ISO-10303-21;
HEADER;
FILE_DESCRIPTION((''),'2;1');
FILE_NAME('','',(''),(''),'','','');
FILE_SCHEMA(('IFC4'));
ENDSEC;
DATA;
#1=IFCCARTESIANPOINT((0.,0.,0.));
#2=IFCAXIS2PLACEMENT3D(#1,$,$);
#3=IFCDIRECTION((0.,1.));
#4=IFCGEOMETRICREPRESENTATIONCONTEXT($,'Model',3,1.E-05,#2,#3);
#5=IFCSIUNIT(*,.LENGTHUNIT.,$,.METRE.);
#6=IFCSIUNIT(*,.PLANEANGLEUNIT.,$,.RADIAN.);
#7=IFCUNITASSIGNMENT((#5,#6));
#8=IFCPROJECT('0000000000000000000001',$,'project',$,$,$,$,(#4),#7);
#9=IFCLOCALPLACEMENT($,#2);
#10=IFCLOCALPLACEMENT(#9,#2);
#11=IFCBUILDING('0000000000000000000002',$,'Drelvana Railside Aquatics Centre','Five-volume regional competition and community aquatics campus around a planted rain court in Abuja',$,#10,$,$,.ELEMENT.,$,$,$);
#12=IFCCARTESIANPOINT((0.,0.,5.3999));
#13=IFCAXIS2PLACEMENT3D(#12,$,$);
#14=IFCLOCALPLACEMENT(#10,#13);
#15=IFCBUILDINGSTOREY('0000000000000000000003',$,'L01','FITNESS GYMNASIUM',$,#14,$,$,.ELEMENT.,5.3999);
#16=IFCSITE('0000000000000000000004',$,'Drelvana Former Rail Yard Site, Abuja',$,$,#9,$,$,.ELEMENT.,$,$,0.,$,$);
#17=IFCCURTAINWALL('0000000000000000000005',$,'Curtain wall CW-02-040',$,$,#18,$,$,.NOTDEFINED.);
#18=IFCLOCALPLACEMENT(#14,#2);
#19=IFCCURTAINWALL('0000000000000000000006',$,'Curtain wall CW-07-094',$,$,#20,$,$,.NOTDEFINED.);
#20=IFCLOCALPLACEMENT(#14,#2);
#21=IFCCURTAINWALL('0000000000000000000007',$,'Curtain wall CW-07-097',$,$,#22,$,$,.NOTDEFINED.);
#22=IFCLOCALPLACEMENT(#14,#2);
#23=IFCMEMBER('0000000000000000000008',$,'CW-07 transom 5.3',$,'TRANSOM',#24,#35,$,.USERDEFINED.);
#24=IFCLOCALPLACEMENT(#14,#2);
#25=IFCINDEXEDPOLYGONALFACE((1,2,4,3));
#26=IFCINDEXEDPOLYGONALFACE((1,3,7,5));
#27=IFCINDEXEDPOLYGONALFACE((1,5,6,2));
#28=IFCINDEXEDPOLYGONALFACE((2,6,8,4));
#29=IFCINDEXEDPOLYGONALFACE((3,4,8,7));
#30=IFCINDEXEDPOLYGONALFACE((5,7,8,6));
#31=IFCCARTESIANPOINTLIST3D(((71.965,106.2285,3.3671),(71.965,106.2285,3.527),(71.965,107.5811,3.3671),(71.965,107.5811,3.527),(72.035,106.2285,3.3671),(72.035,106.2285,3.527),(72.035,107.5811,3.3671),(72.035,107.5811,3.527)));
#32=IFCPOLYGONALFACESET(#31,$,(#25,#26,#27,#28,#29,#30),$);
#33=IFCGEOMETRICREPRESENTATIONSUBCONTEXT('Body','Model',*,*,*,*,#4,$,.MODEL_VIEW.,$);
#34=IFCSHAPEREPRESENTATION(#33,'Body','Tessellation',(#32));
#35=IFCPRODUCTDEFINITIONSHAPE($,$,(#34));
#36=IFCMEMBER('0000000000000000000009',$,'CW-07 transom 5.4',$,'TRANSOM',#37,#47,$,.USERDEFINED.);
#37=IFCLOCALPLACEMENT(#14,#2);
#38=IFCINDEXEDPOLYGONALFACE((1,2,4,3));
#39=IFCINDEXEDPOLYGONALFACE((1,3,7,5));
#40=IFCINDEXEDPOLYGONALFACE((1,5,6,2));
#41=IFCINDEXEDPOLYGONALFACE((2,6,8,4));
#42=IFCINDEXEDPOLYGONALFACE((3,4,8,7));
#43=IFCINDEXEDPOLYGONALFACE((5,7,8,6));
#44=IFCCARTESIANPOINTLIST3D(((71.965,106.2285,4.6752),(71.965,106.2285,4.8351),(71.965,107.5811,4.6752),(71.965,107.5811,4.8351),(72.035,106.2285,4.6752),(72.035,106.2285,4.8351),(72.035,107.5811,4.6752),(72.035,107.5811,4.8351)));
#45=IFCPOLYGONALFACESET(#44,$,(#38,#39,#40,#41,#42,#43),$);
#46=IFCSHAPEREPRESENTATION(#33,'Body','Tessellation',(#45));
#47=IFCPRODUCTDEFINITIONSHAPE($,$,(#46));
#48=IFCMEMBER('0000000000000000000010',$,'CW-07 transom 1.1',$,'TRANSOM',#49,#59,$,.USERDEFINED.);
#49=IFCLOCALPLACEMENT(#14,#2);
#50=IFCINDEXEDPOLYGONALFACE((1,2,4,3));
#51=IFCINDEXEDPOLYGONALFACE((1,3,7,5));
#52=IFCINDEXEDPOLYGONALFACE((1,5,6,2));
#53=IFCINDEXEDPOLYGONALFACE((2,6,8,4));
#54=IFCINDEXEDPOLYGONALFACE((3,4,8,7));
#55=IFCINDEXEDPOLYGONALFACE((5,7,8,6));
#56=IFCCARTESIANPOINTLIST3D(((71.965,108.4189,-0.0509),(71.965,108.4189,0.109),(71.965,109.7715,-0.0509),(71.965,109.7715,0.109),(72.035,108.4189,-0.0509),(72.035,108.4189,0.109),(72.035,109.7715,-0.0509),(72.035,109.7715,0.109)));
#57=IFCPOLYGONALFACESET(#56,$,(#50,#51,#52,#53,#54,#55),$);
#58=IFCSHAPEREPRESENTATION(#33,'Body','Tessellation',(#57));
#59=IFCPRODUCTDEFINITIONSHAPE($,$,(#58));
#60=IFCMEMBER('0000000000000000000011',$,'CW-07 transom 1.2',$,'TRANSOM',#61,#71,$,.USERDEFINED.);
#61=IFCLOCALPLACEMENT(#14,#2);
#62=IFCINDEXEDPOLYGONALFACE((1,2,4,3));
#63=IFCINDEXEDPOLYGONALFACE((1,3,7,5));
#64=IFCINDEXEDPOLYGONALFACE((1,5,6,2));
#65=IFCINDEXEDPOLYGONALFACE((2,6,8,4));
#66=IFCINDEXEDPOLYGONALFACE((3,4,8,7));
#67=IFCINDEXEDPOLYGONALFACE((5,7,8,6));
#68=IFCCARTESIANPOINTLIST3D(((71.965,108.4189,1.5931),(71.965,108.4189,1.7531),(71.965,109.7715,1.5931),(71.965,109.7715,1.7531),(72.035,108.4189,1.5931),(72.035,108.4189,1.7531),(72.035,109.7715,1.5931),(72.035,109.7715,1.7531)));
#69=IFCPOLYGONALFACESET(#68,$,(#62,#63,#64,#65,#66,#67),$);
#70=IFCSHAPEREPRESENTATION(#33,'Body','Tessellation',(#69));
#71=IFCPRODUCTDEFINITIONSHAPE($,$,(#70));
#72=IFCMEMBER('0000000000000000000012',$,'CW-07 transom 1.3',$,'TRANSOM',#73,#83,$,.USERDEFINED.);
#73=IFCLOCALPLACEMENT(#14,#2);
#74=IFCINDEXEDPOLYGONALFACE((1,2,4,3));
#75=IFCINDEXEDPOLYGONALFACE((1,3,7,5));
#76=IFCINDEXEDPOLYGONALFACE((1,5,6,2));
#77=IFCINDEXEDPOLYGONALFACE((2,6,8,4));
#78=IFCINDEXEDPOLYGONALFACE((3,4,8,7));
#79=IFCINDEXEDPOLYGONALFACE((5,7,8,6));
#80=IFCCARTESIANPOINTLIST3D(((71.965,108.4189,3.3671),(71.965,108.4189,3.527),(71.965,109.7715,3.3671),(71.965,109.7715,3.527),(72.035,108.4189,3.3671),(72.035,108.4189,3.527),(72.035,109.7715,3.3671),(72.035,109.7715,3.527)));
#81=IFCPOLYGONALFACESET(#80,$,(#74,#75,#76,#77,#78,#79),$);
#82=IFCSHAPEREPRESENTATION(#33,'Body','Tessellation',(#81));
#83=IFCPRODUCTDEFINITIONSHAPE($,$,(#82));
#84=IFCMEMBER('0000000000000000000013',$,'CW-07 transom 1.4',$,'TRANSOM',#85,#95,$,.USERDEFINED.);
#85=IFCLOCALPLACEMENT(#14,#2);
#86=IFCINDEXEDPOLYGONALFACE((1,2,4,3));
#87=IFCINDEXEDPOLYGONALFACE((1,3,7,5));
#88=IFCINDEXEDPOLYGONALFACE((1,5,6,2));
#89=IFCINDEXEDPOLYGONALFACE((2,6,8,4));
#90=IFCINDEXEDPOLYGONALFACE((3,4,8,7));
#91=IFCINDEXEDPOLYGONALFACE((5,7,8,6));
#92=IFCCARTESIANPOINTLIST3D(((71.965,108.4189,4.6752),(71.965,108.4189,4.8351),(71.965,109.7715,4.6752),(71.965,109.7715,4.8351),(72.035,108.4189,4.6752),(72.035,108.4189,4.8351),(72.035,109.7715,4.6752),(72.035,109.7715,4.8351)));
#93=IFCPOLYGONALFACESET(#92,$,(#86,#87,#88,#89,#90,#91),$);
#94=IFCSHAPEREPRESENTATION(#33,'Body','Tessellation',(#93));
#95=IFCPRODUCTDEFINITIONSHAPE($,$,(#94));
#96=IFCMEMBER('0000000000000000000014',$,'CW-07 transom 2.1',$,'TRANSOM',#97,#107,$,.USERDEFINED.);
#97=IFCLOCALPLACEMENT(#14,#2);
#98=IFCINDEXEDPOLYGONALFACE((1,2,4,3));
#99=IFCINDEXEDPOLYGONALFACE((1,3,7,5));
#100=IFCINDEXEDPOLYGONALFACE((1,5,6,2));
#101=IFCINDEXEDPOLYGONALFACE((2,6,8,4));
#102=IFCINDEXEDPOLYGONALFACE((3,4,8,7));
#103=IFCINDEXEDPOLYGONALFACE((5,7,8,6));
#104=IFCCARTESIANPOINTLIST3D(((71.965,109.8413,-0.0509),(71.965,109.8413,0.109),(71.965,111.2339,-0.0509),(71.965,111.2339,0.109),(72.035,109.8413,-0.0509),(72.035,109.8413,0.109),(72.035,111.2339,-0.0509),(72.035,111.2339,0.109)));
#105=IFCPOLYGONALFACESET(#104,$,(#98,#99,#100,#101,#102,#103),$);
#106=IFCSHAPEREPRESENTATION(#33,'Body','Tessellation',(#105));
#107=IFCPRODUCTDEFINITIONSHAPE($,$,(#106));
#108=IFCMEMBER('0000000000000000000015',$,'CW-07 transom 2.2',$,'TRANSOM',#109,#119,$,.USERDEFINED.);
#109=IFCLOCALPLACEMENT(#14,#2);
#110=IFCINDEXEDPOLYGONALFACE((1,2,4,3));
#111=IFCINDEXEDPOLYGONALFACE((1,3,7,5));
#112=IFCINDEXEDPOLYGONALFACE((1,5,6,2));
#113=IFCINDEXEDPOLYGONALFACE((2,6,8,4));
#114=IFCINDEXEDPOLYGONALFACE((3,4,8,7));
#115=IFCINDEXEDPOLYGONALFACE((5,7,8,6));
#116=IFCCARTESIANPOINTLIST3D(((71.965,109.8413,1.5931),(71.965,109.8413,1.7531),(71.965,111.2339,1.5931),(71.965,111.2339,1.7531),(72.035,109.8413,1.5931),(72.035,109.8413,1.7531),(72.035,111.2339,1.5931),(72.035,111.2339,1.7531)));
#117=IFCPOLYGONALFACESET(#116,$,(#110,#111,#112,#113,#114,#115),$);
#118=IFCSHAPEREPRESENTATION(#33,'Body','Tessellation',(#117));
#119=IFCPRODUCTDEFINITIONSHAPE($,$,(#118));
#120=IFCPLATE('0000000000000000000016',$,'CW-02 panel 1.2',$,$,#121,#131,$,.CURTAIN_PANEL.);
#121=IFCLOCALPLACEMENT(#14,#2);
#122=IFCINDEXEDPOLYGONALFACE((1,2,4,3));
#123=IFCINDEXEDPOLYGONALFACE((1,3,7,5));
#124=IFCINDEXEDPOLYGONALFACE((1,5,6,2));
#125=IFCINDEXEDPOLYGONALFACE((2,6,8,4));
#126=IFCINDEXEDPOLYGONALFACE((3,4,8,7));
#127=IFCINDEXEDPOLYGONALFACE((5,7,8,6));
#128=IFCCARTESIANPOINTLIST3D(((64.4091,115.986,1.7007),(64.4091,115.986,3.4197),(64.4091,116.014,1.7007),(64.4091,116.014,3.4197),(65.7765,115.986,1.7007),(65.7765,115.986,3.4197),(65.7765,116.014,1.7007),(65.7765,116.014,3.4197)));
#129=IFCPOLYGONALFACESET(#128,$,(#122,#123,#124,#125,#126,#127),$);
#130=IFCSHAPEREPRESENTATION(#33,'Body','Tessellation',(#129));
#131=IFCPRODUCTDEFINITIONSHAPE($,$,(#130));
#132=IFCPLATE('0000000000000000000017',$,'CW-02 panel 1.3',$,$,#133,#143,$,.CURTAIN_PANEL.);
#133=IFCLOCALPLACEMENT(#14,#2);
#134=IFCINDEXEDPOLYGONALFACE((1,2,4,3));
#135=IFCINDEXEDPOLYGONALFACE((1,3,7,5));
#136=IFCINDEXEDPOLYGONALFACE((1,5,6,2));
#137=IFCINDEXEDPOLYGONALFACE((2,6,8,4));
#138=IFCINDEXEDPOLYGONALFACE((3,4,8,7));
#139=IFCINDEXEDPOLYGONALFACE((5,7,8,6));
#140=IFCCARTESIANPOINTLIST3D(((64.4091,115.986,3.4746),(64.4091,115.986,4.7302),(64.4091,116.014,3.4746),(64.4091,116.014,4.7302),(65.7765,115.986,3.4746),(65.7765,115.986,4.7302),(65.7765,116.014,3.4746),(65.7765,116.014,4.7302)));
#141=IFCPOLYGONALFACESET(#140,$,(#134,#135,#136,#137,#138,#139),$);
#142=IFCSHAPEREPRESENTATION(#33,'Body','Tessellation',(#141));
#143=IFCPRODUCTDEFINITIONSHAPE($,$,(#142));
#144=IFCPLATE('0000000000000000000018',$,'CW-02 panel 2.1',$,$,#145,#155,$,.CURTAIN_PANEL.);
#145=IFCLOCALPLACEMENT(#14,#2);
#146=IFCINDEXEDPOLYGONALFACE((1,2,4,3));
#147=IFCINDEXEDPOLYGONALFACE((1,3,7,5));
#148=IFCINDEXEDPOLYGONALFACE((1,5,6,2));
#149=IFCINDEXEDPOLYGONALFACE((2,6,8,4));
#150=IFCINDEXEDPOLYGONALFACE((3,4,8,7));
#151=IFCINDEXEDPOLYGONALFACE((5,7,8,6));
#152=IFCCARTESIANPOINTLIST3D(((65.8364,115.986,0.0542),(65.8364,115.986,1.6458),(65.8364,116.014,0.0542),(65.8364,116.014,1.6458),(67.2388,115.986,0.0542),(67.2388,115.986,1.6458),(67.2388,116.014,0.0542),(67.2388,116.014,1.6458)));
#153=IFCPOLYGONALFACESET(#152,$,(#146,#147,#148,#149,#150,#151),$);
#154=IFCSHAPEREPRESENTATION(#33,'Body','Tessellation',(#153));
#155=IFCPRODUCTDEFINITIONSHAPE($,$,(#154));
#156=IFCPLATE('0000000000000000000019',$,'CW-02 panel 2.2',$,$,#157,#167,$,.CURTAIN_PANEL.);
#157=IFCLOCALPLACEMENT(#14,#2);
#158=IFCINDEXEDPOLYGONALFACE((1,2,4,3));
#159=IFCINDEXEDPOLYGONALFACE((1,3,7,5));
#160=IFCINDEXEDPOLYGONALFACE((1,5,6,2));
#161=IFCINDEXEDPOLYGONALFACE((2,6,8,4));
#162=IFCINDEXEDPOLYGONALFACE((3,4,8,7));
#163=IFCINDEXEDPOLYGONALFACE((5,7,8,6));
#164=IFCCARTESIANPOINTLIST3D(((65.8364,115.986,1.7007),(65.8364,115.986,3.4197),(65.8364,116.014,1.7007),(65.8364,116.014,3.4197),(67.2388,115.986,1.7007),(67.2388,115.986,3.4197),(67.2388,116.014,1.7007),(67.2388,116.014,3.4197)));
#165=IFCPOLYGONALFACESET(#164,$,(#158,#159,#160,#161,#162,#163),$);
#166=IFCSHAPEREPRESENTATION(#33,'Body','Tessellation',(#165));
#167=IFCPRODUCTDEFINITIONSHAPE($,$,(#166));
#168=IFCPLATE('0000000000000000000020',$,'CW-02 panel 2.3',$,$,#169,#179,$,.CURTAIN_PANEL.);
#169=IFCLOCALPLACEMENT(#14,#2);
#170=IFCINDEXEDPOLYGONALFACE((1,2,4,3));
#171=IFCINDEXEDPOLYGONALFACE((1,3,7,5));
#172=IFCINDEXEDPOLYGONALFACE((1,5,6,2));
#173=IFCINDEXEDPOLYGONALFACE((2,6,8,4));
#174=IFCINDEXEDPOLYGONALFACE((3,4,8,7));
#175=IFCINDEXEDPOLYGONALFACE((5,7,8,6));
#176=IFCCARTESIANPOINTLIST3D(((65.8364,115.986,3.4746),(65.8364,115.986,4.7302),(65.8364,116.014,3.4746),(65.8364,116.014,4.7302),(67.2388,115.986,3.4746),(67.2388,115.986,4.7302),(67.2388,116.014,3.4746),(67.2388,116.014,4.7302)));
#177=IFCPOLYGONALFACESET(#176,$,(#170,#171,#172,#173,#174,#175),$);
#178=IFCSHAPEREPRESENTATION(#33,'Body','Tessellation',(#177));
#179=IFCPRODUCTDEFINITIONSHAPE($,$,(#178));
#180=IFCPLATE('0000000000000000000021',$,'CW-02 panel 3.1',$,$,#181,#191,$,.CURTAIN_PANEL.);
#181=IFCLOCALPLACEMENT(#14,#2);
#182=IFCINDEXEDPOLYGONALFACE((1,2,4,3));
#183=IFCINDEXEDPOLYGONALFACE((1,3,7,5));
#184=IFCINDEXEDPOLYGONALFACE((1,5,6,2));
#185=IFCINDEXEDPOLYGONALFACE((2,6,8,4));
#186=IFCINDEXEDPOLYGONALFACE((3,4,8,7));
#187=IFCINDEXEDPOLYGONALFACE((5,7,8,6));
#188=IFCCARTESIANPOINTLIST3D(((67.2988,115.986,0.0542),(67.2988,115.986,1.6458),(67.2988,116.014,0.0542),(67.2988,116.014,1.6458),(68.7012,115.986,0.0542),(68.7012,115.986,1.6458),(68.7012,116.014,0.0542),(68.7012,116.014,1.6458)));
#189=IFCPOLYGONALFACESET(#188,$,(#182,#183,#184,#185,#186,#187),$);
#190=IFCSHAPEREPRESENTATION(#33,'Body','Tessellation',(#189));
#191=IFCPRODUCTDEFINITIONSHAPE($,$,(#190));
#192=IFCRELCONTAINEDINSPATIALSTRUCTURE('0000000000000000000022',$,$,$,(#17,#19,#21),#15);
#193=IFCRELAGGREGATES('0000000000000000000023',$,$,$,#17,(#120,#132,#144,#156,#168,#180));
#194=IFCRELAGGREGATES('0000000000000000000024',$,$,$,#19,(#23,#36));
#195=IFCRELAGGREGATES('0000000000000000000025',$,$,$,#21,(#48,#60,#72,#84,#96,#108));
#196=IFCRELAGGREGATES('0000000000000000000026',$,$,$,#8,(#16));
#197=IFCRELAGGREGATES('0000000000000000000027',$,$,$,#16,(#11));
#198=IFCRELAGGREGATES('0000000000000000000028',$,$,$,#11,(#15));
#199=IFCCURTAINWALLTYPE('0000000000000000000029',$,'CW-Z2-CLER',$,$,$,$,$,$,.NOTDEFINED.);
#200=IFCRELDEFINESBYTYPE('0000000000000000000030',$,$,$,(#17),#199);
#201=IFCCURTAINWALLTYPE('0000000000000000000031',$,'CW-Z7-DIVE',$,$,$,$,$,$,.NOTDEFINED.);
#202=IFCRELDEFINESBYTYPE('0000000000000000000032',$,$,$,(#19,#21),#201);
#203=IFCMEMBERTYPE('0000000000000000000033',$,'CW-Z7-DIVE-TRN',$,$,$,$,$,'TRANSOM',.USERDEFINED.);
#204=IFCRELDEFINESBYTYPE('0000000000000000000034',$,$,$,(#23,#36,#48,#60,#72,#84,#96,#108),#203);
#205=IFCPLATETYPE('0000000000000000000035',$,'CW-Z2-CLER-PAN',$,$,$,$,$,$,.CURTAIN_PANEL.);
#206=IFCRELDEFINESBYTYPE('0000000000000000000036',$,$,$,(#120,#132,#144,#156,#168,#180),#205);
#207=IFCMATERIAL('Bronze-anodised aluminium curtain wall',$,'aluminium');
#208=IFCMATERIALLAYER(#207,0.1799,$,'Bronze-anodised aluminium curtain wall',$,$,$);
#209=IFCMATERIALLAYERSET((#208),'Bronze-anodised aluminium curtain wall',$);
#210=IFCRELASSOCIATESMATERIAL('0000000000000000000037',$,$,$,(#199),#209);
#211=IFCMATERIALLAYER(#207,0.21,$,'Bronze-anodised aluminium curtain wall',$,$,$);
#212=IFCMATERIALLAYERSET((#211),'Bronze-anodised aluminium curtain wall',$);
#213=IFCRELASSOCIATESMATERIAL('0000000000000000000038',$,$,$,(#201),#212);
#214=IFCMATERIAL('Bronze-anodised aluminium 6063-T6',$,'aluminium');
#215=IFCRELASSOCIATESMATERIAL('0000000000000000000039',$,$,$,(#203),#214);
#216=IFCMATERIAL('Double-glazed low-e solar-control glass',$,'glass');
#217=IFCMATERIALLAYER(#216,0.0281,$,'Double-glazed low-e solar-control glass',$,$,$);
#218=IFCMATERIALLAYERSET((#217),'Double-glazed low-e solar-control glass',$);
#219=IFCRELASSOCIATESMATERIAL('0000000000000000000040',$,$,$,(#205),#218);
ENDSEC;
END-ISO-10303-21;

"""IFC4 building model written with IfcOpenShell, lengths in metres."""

from ifc_helpers import new_model, si_unit, direction, frame, origin, origin_2d, place, context, subcontext, project, spatial, rectangle, extrude, material, layer, layer_set, material_profile, profile_set, type_object, element, aggregate, save


model = new_model("IFC4")

# Units and contexts
model_context = context("Model", 3, precision=1e-05, world=origin(), true_north=direction((0.0, 1.0)))
body_context = subcontext(model_context, "Body", "Model", "MODEL_VIEW")
ifc_project = project(units=[si_unit("LENGTHUNIT", "METRE"), si_unit("PLANEANGLEUNIT", "RADIAN")], contexts=[model_context])

# Site, building, storey
site_placement = place(None, origin())
site = spatial("IfcSite", under=ifc_project, at=site_placement, Name="Drelvana Former Rail Yard Site, Abuja", CompositionType="ELEMENT", RefElevation=0.0)
building_placement = place(site_placement, origin())
building = spatial("IfcBuilding", under=site, at=building_placement, Name="Drelvana Railside Aquatics Centre", Description="Five-volume regional competition and community aquatics campus around a planted rain court in Abuja", CompositionType="ELEMENT")
storey_placement = place(building_placement, frame((0.0, 0.0, 5.3999)))
storey = spatial("IfcBuildingStorey", under=building, at=storey_placement, Name="L01", Description="FITNESS GYMNASIUM", CompositionType="ELEMENT", Elevation=5.3999)

# Curtain wall
ifc_material_1 = material(Name="Bronze-anodised aluminium curtain wall", Category="aluminium")
ifc_layer_1 = layer(ifc_material_1, 0.1799, Name="Bronze-anodised aluminium curtain wall")
ifc_layer_set_1 = layer_set([ifc_layer_1], Name="Bronze-anodised aluminium curtain wall")
curtain_wall_type_1 = type_object("IfcCurtainWallType", Name="CW-Z2-CLER", PredefinedType="NOTDEFINED", material=ifc_layer_set_1)
curtain_wall_1_placement = place(storey_placement, origin())
curtain_wall_1 = element("IfcCurtainWall", 1, at=curtain_wall_1_placement, inside=storey, type_object=curtain_wall_type_1, Name="Curtain wall CW-02-040", PredefinedType="NOTDEFINED")
ifc_material_2 = material(Name="Bronze-anodised aluminium 6063-T6", Category="aluminium")

# Curtain wall
ifc_layer_2 = layer(ifc_material_1, 0.21, Name="Bronze-anodised aluminium curtain wall")
ifc_layer_set_2 = layer_set([ifc_layer_2], Name="Bronze-anodised aluminium curtain wall")
curtain_wall_type_2 = type_object("IfcCurtainWallType", Name="CW-Z7-DIVE", PredefinedType="NOTDEFINED", material=ifc_layer_set_2)
curtain_wall_2_placement = place(storey_placement, origin())
curtain_wall_2 = element("IfcCurtainWall", 2, at=curtain_wall_2_placement, inside=storey, type_object=curtain_wall_type_2, Name="Curtain wall CW-07-094", PredefinedType="NOTDEFINED")

# Curtain wall
curtain_wall_3_placement = place(storey_placement, origin())
curtain_wall_3 = element("IfcCurtainWall", 3, at=curtain_wall_3_placement, inside=storey, type_object=curtain_wall_type_2, Name="Curtain wall CW-07-097", PredefinedType="NOTDEFINED")

# Members
ifc_material_profile_1 = material_profile(ifc_material_2, rectangle(XDim=0.1599, YDim=0.0701, at=origin_2d()), Name="ALU-T 70x160")
ifc_profile_set_1 = profile_set([ifc_material_profile_1], Name="Bronze-anodised aluminium 6063-T6")
member_type_1 = type_object("IfcMemberType", Name="CW-Z7-DIVE-TRN", ElementType="TRANSOM", PredefinedType="USERDEFINED", material=ifc_profile_set_1)
member_1_placement = place(storey_placement, frame((72.0, 106.2285, 3.447), z_axis=(0.0, 1.0, 0.0), x_axis=(0.0, 0.0, 1.0)))
member_1 = element("IfcMember", 4, at=member_1_placement, type_object=member_type_1, Name="CW-07 transom 5.3", ObjectType="TRANSOM", PredefinedType="USERDEFINED", context=body_context, shape_type="SweptSolid", body=[
    extrude(rectangle(XDim=0.1599, YDim=0.0701, at=origin_2d()), origin(), (0.0, 0.0, 1.0), 1.3525),
])
member_2_placement = place(storey_placement, frame((72.0, 106.2285, 4.7551), z_axis=(0.0, 1.0, 0.0), x_axis=(0.0, 0.0, 1.0)))
member_2 = element("IfcMember", 5, at=member_2_placement, type_object=member_type_1, Name="CW-07 transom 5.4", ObjectType="TRANSOM", PredefinedType="USERDEFINED", context=body_context, shape_type="SweptSolid", body=[
    extrude(rectangle(XDim=0.1599, YDim=0.0701, at=origin_2d()), origin(), (0.0, 0.0, 1.0), 1.3525),
])
member_3_placement = place(storey_placement, frame((72.0, 108.4189, 0.0291), z_axis=(0.0, 1.0, 0.0), x_axis=(0.0, 0.0, 1.0)))
member_3 = element("IfcMember", 6, at=member_3_placement, type_object=member_type_1, Name="CW-07 transom 1.1", ObjectType="TRANSOM", PredefinedType="USERDEFINED", context=body_context, shape_type="SweptSolid", body=[
    extrude(rectangle(XDim=0.1599, YDim=0.0701, at=origin_2d()), origin(), (0.0, 0.0, 1.0), 1.3525),
])
member_4_placement = place(storey_placement, frame((72.0, 108.4189, 1.6731), z_axis=(0.0, 1.0, 0.0), x_axis=(0.0, 0.0, 1.0)))
member_4 = element("IfcMember", 7, at=member_4_placement, type_object=member_type_1, Name="CW-07 transom 1.2", ObjectType="TRANSOM", PredefinedType="USERDEFINED", context=body_context, shape_type="SweptSolid", body=[
    extrude(rectangle(XDim=0.1599, YDim=0.0701, at=origin_2d()), origin(), (0.0, 0.0, 1.0), 1.3525),
])
member_5_placement = place(storey_placement, frame((72.0, 108.4189, 3.447), z_axis=(0.0, 1.0, 0.0), x_axis=(0.0, 0.0, 1.0)))
member_5 = element("IfcMember", 8, at=member_5_placement, type_object=member_type_1, Name="CW-07 transom 1.3", ObjectType="TRANSOM", PredefinedType="USERDEFINED", context=body_context, shape_type="SweptSolid", body=[
    extrude(rectangle(XDim=0.1599, YDim=0.0701, at=origin_2d()), origin(), (0.0, 0.0, 1.0), 1.3525),
])
member_6_placement = place(storey_placement, frame((72.0, 108.4189, 4.7551), z_axis=(0.0, 1.0, 0.0), x_axis=(0.0, 0.0, 1.0)))
member_6 = element("IfcMember", 9, at=member_6_placement, type_object=member_type_1, Name="CW-07 transom 1.4", ObjectType="TRANSOM", PredefinedType="USERDEFINED", context=body_context, shape_type="SweptSolid", body=[
    extrude(rectangle(XDim=0.1599, YDim=0.0701, at=origin_2d()), origin(), (0.0, 0.0, 1.0), 1.3525),
])
member_7_placement = place(storey_placement, frame((72.0, 109.8413, 0.0291), z_axis=(0.0, 1.0, 0.0), x_axis=(0.0, 0.0, 1.0)))
member_7 = element("IfcMember", 10, at=member_7_placement, type_object=member_type_1, Name="CW-07 transom 2.1", ObjectType="TRANSOM", PredefinedType="USERDEFINED", context=body_context, shape_type="SweptSolid", body=[
    extrude(rectangle(XDim=0.1599, YDim=0.0701, at=origin_2d()), origin(), (0.0, 0.0, 1.0), 1.3926),
])
member_8_placement = place(storey_placement, frame((72.0, 109.8413, 1.6731), z_axis=(0.0, 1.0, 0.0), x_axis=(0.0, 0.0, 1.0)))
member_8 = element("IfcMember", 11, at=member_8_placement, type_object=member_type_1, Name="CW-07 transom 2.2", ObjectType="TRANSOM", PredefinedType="USERDEFINED", context=body_context, shape_type="SweptSolid", body=[
    extrude(rectangle(XDim=0.1599, YDim=0.0701, at=origin_2d()), origin(), (0.0, 0.0, 1.0), 1.3926),
])

# Plates
ifc_material_3 = material(Name="Double-glazed low-e solar-control glass", Category="glass")
ifc_layer_3 = layer(ifc_material_3, 0.0281, Name="Double-glazed low-e solar-control glass")
ifc_layer_set_3 = layer_set([ifc_layer_3], Name="Double-glazed low-e solar-control glass")
plate_type_1 = type_object("IfcPlateType", Name="CW-Z2-CLER-PAN", PredefinedType="CURTAIN_PANEL", material=ifc_layer_set_3)
plate_1_placement = place(storey_placement, frame((65.0928, 116.0, 1.7007), z_axis=(0.0, 0.0, 1.0), x_axis=(1.0, 0.0, 0.0)))
plate_1 = element("IfcPlate", 12, at=plate_1_placement, type_object=plate_type_1, Name="CW-02 panel 1.2", PredefinedType="CURTAIN_PANEL", context=body_context, shape_type="SweptSolid", body=[
    extrude(rectangle(XDim=1.3674, YDim=0.0281, at=origin_2d()), origin(), (0.0, 0.0, 1.0), 1.719),
])
plate_2_placement = place(storey_placement, frame((65.0928, 116.0, 3.4746), z_axis=(0.0, 0.0, 1.0), x_axis=(1.0, 0.0, 0.0)))
plate_2 = element("IfcPlate", 13, at=plate_2_placement, type_object=plate_type_1, Name="CW-02 panel 1.3", PredefinedType="CURTAIN_PANEL", context=body_context, shape_type="SweptSolid", body=[
    extrude(rectangle(XDim=1.3674, YDim=0.0281, at=origin_2d()), origin(), (0.0, 0.0, 1.0), 1.2556),
])
plate_3_placement = place(storey_placement, frame((66.5376, 116.0, 0.0542), z_axis=(0.0, 0.0, 1.0), x_axis=(1.0, 0.0, 0.0)))
plate_3 = element("IfcPlate", 14, at=plate_3_placement, type_object=plate_type_1, Name="CW-02 panel 2.1", PredefinedType="CURTAIN_PANEL", context=body_context, shape_type="SweptSolid", body=[
    extrude(rectangle(XDim=1.4023, YDim=0.0281, at=origin_2d()), origin(), (0.0, 0.0, 1.0), 1.5916),
])
plate_4_placement = place(storey_placement, frame((66.5376, 116.0, 1.7007), z_axis=(0.0, 0.0, 1.0), x_axis=(1.0, 0.0, 0.0)))
plate_4 = element("IfcPlate", 15, at=plate_4_placement, type_object=plate_type_1, Name="CW-02 panel 2.2", PredefinedType="CURTAIN_PANEL", context=body_context, shape_type="SweptSolid", body=[
    extrude(rectangle(XDim=1.4023, YDim=0.0281, at=origin_2d()), origin(), (0.0, 0.0, 1.0), 1.719),
])
plate_5_placement = place(storey_placement, frame((66.5376, 116.0, 3.4746), z_axis=(0.0, 0.0, 1.0), x_axis=(1.0, 0.0, 0.0)))
plate_5 = element("IfcPlate", 16, at=plate_5_placement, type_object=plate_type_1, Name="CW-02 panel 2.3", PredefinedType="CURTAIN_PANEL", context=body_context, shape_type="SweptSolid", body=[
    extrude(rectangle(XDim=1.4023, YDim=0.0281, at=origin_2d()), origin(), (0.0, 0.0, 1.0), 1.2556),
])
plate_6_placement = place(storey_placement, frame((68.0, 116.0, 0.0542), z_axis=(0.0, 0.0, 1.0), x_axis=(1.0, 0.0, 0.0)))
plate_6 = element("IfcPlate", 17, at=plate_6_placement, type_object=plate_type_1, Name="CW-02 panel 3.1", PredefinedType="CURTAIN_PANEL", context=body_context, shape_type="SweptSolid", body=[
    extrude(rectangle(XDim=1.4023, YDim=0.0281, at=origin_2d()), origin(), (0.0, 0.0, 1.0), 1.5916),
])
aggregate(curtain_wall_1, [plate_1, plate_2, plate_3, plate_4, plate_5, plate_6])
aggregate(curtain_wall_2, [member_1, member_2])
aggregate(curtain_wall_3, [member_3, member_4, member_5, member_6, member_7, member_8])

save(model, "model.ifc")
